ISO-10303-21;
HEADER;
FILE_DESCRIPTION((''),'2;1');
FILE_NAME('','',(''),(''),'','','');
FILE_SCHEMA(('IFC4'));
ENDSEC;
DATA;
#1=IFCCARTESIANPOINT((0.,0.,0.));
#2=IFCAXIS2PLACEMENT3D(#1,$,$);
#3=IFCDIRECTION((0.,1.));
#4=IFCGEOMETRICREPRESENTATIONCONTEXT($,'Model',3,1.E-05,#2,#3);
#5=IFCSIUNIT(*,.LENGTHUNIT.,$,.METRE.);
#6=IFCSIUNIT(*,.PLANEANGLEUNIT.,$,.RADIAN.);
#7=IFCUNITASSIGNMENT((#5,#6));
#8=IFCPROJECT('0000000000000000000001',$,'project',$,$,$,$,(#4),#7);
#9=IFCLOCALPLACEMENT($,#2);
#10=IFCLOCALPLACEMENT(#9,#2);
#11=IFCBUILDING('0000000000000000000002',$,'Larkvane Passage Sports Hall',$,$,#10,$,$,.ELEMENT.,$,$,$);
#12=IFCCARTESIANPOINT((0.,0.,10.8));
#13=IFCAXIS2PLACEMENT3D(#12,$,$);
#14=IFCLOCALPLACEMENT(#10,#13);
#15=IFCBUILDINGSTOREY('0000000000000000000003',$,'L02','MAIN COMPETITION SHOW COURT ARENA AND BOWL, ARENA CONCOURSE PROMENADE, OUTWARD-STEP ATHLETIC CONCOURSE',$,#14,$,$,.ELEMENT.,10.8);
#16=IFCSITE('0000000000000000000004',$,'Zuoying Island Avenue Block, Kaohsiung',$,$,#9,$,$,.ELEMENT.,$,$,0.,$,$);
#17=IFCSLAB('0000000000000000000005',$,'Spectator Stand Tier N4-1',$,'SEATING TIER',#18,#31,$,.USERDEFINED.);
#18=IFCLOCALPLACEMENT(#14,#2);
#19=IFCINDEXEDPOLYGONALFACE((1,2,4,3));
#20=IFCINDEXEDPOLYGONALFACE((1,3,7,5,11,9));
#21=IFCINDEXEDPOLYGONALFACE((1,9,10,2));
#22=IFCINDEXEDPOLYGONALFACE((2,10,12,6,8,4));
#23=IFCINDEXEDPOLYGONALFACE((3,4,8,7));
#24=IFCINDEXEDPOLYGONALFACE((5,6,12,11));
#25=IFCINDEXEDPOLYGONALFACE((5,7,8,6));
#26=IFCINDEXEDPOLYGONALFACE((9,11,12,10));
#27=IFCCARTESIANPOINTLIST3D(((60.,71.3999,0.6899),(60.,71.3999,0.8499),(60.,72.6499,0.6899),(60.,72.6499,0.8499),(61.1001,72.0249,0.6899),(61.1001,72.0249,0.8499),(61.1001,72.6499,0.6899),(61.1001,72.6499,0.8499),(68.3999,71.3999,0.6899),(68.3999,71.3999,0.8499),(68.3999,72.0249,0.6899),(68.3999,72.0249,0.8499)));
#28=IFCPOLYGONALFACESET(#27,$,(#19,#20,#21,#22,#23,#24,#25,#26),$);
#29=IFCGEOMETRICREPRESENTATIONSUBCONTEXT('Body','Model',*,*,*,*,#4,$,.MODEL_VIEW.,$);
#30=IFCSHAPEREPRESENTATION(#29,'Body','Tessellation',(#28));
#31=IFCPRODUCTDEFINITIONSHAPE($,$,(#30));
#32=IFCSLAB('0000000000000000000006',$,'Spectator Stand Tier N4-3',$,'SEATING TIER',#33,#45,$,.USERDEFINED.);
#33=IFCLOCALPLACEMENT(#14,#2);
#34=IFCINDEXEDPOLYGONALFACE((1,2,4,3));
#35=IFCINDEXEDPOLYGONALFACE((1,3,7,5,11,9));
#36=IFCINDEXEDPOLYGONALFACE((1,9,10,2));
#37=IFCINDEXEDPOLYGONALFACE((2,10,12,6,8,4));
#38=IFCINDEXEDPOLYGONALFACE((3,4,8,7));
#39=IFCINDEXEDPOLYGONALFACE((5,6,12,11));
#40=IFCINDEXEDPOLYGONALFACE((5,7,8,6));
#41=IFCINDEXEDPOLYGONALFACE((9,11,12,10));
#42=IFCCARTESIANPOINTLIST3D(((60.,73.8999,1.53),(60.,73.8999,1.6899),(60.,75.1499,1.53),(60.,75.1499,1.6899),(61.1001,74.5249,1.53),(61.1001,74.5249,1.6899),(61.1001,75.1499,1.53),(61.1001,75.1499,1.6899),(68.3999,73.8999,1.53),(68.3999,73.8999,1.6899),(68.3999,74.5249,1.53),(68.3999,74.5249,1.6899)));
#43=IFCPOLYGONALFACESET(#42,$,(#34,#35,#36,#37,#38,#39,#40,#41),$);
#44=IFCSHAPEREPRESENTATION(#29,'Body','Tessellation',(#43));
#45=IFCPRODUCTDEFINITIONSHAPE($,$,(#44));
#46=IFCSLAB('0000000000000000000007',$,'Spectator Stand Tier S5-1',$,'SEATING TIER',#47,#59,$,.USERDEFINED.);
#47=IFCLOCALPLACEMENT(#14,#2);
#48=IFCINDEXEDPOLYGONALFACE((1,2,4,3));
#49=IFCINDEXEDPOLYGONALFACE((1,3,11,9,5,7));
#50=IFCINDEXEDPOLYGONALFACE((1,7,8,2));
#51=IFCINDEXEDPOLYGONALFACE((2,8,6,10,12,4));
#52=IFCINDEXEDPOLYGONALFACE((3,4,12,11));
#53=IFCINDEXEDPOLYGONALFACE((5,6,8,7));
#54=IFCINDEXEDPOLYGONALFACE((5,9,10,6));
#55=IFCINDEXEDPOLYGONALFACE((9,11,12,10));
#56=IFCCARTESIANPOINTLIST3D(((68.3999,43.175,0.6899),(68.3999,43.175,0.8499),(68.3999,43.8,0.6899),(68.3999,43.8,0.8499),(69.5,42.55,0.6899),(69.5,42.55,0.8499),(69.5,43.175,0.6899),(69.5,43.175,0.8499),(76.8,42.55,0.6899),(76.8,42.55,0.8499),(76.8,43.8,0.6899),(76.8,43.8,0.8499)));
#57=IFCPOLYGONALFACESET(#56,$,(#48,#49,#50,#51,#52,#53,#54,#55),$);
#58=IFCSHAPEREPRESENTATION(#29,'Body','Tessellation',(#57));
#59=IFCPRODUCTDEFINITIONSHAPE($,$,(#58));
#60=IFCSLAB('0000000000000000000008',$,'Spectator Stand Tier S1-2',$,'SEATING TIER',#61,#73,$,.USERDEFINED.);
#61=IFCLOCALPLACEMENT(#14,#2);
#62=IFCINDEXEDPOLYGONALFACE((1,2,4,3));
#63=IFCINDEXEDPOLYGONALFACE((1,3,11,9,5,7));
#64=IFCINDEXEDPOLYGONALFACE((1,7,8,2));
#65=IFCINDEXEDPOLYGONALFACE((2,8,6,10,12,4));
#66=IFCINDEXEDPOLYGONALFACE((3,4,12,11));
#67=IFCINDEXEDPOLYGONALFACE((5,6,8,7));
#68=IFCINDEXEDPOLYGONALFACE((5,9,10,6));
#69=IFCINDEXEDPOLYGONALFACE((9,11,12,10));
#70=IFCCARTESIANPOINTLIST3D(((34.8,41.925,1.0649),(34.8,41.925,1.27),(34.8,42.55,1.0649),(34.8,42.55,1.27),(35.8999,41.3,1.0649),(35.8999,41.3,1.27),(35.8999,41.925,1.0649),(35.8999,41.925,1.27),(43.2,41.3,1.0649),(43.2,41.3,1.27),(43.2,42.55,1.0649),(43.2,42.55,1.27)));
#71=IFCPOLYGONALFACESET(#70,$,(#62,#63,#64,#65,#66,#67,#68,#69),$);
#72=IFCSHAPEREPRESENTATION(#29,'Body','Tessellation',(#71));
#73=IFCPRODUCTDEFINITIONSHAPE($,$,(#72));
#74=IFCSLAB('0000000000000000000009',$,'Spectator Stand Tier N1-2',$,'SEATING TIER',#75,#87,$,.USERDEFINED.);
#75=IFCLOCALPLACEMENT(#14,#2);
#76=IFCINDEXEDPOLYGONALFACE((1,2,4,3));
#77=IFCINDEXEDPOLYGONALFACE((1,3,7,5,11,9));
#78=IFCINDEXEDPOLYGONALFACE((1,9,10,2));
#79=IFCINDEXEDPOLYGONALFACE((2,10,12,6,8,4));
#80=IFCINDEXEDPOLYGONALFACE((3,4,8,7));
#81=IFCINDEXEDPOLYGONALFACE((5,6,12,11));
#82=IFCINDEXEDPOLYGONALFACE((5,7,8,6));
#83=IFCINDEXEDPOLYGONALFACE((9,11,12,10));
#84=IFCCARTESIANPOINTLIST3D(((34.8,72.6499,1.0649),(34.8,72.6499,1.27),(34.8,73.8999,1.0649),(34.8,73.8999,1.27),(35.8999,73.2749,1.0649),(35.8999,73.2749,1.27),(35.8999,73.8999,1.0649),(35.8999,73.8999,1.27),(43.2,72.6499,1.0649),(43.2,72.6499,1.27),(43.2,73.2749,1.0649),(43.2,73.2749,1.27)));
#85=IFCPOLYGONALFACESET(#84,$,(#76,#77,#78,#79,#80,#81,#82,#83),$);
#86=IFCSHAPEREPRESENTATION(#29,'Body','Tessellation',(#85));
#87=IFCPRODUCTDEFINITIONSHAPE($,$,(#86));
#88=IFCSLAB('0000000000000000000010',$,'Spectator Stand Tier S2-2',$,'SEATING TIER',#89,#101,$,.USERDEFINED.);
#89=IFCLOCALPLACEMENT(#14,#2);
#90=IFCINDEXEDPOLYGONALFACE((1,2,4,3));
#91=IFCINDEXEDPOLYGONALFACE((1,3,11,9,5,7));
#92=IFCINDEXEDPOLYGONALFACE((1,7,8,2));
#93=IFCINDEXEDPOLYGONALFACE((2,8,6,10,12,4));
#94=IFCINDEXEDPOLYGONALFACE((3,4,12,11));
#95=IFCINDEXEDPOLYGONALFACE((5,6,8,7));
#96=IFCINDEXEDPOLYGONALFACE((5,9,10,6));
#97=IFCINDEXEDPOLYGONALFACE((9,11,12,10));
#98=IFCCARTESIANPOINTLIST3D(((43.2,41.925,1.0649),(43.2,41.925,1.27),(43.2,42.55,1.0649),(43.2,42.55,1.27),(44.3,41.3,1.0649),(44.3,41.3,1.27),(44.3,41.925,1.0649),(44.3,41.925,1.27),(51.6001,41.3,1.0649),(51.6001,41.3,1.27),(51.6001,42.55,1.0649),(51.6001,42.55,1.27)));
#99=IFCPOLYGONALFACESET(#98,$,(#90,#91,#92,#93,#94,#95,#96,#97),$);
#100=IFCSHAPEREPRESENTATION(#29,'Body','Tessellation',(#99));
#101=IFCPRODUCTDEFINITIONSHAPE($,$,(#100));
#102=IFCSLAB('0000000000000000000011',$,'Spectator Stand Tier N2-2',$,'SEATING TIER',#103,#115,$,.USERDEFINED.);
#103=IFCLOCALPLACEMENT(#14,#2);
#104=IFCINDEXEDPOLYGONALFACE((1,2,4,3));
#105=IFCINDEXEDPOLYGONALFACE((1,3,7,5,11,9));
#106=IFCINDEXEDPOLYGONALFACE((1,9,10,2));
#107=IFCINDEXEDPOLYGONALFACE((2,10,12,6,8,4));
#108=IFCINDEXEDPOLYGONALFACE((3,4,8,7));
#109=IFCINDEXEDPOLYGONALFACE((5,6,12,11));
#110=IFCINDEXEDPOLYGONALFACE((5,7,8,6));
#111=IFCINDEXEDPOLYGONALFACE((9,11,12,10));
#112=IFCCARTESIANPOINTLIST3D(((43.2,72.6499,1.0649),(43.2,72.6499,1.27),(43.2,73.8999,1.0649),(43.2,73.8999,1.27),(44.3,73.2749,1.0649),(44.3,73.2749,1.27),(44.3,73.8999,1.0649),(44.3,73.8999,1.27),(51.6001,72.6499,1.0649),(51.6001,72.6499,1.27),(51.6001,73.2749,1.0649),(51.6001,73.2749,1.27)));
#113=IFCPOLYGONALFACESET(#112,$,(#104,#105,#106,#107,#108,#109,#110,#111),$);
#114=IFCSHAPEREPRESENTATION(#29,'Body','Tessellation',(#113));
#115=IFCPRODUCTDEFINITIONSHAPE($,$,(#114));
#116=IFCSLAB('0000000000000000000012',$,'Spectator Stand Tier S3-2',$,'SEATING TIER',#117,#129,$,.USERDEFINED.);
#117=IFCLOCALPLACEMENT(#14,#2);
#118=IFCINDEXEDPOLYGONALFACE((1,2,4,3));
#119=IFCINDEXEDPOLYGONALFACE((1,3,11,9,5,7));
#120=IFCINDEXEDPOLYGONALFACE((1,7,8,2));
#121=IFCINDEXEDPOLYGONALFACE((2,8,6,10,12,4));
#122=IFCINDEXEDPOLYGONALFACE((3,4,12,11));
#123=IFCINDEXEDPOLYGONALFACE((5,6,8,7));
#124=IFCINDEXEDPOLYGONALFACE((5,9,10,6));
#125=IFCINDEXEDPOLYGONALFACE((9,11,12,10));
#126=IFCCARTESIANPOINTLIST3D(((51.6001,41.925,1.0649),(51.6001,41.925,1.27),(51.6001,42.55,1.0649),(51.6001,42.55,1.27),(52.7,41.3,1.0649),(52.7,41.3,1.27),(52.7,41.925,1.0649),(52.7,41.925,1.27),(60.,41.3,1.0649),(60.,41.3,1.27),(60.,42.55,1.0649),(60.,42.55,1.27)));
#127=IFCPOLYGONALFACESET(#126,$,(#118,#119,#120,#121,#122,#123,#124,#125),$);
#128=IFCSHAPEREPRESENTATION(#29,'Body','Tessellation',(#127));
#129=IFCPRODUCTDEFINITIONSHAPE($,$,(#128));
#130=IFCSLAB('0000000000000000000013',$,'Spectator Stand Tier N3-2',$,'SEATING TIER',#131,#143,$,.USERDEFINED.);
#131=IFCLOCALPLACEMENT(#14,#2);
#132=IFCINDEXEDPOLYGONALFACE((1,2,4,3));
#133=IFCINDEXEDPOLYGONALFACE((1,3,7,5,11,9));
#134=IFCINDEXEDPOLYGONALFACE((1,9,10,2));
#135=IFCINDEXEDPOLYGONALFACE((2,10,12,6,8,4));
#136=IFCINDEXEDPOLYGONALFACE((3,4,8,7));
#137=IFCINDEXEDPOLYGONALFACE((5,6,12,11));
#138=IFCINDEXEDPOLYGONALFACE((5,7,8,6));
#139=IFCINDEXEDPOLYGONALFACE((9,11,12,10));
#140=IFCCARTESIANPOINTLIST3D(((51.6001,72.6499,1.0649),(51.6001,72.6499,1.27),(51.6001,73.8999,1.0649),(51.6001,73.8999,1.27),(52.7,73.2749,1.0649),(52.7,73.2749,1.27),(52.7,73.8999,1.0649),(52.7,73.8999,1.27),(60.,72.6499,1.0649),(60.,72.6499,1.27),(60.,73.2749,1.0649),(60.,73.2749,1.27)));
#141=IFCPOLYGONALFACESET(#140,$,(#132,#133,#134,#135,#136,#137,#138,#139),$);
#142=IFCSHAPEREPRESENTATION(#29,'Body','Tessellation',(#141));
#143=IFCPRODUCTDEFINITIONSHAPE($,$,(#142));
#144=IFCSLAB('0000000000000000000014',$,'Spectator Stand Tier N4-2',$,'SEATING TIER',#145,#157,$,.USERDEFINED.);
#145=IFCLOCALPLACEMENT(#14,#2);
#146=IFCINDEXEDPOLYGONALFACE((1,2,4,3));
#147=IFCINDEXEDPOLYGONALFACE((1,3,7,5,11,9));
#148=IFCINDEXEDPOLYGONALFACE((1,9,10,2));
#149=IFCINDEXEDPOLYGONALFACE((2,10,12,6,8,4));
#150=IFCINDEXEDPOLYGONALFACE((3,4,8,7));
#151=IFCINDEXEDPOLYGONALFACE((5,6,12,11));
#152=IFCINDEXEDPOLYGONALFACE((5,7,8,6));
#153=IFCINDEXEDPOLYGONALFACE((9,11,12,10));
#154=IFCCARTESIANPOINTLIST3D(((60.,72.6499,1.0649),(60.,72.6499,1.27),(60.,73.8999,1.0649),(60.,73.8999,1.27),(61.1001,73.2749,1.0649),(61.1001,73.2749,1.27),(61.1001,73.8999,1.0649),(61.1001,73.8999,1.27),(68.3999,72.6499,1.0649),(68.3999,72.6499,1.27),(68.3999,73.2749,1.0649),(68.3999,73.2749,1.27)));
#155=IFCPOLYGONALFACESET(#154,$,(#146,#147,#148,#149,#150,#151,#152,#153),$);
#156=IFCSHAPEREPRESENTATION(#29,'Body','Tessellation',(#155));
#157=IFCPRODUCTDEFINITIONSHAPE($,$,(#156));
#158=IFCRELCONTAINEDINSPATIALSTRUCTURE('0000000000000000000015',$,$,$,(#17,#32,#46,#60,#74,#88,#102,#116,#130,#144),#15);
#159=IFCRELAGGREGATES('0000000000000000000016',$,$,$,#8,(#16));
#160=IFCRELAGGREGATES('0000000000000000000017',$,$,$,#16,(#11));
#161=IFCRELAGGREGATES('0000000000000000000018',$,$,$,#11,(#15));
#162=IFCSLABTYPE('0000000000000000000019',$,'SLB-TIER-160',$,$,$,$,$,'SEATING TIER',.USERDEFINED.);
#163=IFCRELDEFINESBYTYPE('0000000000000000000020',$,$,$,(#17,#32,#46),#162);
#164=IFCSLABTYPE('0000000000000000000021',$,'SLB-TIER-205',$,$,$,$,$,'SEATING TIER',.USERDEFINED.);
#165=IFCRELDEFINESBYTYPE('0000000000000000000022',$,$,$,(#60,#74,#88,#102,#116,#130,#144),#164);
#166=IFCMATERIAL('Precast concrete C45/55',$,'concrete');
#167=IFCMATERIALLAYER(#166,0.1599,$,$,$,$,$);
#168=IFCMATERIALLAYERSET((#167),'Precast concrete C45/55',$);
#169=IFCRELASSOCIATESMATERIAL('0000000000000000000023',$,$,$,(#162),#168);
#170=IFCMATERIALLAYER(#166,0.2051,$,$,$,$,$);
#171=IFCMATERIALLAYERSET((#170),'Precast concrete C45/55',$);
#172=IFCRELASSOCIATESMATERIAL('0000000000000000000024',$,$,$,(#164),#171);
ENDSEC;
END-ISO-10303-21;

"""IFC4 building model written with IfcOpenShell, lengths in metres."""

from ifc_helpers import new_model, si_unit, direction, frame, origin, place, context, subcontext, project, spatial, polyline, outline, extrude, material, layer, layer_set, type_object, element, save


model = new_model("IFC4")

# Units and contexts
model_context = context("Model", 3, precision=1e-05, world=origin(), true_north=direction((0.0, 1.0)))
body_context = subcontext(model_context, "Body", "Model", "MODEL_VIEW")
ifc_project = project(units=[si_unit("LENGTHUNIT", "METRE"), si_unit("PLANEANGLEUNIT", "RADIAN")], contexts=[model_context])

# Site, building, storey
site_placement = place(None, origin())
site = spatial("IfcSite", under=ifc_project, at=site_placement, Name="Zuoying Island Avenue Block, Kaohsiung", CompositionType="ELEMENT", RefElevation=0.0)
building_placement = place(site_placement, origin())
building = spatial("IfcBuilding", under=site, at=building_placement, Name="Larkvane Passage Sports Hall", CompositionType="ELEMENT")
storey_placement = place(building_placement, frame((0.0, 0.0, 10.8)))
storey = spatial("IfcBuildingStorey", under=building, at=storey_placement, Name="L02", Description="MAIN COMPETITION SHOW COURT ARENA AND BOWL, ARENA CONCOURSE PROMENADE, OUTWARD-STEP ATHLETIC CONCOURSE", CompositionType="ELEMENT", Elevation=10.8)

# Slabs
ifc_material_1 = material(Name="Precast concrete C45/55", Category="concrete")
ifc_layer_1 = layer(ifc_material_1, 0.1599)
ifc_layer_set_1 = layer_set([ifc_layer_1], Name="Precast concrete C45/55")
slab_type_1 = type_object("IfcSlabType", Name="SLB-TIER-160", ElementType="SEATING TIER", PredefinedType="USERDEFINED", material=ifc_layer_set_1)
slab_1_placement = place(storey_placement, frame((0.0, 0.0, 0.6899)))
element("IfcSlab", 1, at=slab_1_placement, inside=storey, type_object=slab_type_1, Name="Spectator Stand Tier N4-1", ObjectType="SEATING TIER", PredefinedType="USERDEFINED", context=body_context, shape_type="SweptSolid", body=[
    extrude(outline(polyline([(60.0, 71.3999), (68.3999, 71.3999), (68.3999, 72.0249), (61.1001, 72.0249), (61.1001, 72.6499), (60.0, 72.6499), (60.0, 71.3999)])), origin(), (0.0, 0.0, 1.0), 0.1599),
])
slab_2_placement = place(storey_placement, frame((0.0, 0.0, 1.53)))
element("IfcSlab", 2, at=slab_2_placement, inside=storey, type_object=slab_type_1, Name="Spectator Stand Tier N4-3", ObjectType="SEATING TIER", PredefinedType="USERDEFINED", context=body_context, shape_type="SweptSolid", body=[
    extrude(outline(polyline([(60.0, 73.8999), (68.3999, 73.8999), (68.3999, 74.5249), (61.1001, 74.5249), (61.1001, 75.1499), (60.0, 75.1499), (60.0, 73.8999)])), origin(), (0.0, 0.0, 1.0), 0.1599),
])
slab_3_placement = place(storey_placement, frame((0.0, 0.0, 0.6899)))
element("IfcSlab", 3, at=slab_3_placement, inside=storey, type_object=slab_type_1, Name="Spectator Stand Tier S5-1", ObjectType="SEATING TIER", PredefinedType="USERDEFINED", context=body_context, shape_type="SweptSolid", body=[
    extrude(outline(polyline([(69.5, 42.55), (76.8, 42.55), (76.8, 43.8), (68.3999, 43.8), (68.3999, 43.175), (69.5, 43.175), (69.5, 42.55)])), origin(), (0.0, 0.0, 1.0), 0.1599),
])
ifc_layer_2 = layer(ifc_material_1, 0.2051)
ifc_layer_set_2 = layer_set([ifc_layer_2], Name="Precast concrete C45/55")
slab_type_2 = type_object("IfcSlabType", Name="SLB-TIER-205", ElementType="SEATING TIER", PredefinedType="USERDEFINED", material=ifc_layer_set_2)
slab_4_placement = place(storey_placement, frame((0.0, 0.0, 1.0649)))
element("IfcSlab", 4, at=slab_4_placement, inside=storey, type_object=slab_type_2, Name="Spectator Stand Tier S1-2", ObjectType="SEATING TIER", PredefinedType="USERDEFINED", context=body_context, shape_type="SweptSolid", body=[
    extrude(outline(polyline([(35.8999, 41.3), (43.2, 41.3), (43.2, 42.55), (34.8, 42.55), (34.8, 41.925), (35.8999, 41.925), (35.8999, 41.3)])), origin(), (0.0, 0.0, 1.0), 0.2051),
])
slab_5_placement = place(storey_placement, frame((0.0, 0.0, 1.0649)))
element("IfcSlab", 5, at=slab_5_placement, inside=storey, type_object=slab_type_2, Name="Spectator Stand Tier N1-2", ObjectType="SEATING TIER", PredefinedType="USERDEFINED", context=body_context, shape_type="SweptSolid", body=[
    extrude(outline(polyline([(34.8, 72.6499), (43.2, 72.6499), (43.2, 73.2749), (35.8999, 73.2749), (35.8999, 73.8999), (34.8, 73.8999), (34.8, 72.6499)])), origin(), (0.0, 0.0, 1.0), 0.2051),
])
slab_6_placement = place(storey_placement, frame((0.0, 0.0, 1.0649)))
element("IfcSlab", 6, at=slab_6_placement, inside=storey, type_object=slab_type_2, Name="Spectator Stand Tier S2-2", ObjectType="SEATING TIER", PredefinedType="USERDEFINED", context=body_context, shape_type="SweptSolid", body=[
    extrude(outline(polyline([(44.3, 41.3), (51.6001, 41.3), (51.6001, 42.55), (43.2, 42.55), (43.2, 41.925), (44.3, 41.925), (44.3, 41.3)])), origin(), (0.0, 0.0, 1.0), 0.2051),
])
slab_7_placement = place(storey_placement, frame((0.0, 0.0, 1.0649)))
element("IfcSlab", 7, at=slab_7_placement, inside=storey, type_object=slab_type_2, Name="Spectator Stand Tier N2-2", ObjectType="SEATING TIER", PredefinedType="USERDEFINED", context=body_context, shape_type="SweptSolid", body=[
    extrude(outline(polyline([(43.2, 72.6499), (51.6001, 72.6499), (51.6001, 73.2749), (44.3, 73.2749), (44.3, 73.8999), (43.2, 73.8999), (43.2, 72.6499)])), origin(), (0.0, 0.0, 1.0), 0.2051),
])
slab_8_placement = place(storey_placement, frame((0.0, 0.0, 1.0649)))
element("IfcSlab", 8, at=slab_8_placement, inside=storey, type_object=slab_type_2, Name="Spectator Stand Tier S3-2", ObjectType="SEATING TIER", PredefinedType="USERDEFINED", context=body_context, shape_type="SweptSolid", body=[
    extrude(outline(polyline([(52.7, 41.3), (60.0, 41.3), (60.0, 42.55), (51.6001, 42.55), (51.6001, 41.925), (52.7, 41.925), (52.7, 41.3)])), origin(), (0.0, 0.0, 1.0), 0.2051),
])
slab_9_placement = place(storey_placement, frame((0.0, 0.0, 1.0649)))
element("IfcSlab", 9, at=slab_9_placement, inside=storey, type_object=slab_type_2, Name="Spectator Stand Tier N3-2", ObjectType="SEATING TIER", PredefinedType="USERDEFINED", context=body_context, shape_type="SweptSolid", body=[
    extrude(outline(polyline([(51.6001, 72.6499), (60.0, 72.6499), (60.0, 73.2749), (52.7, 73.2749), (52.7, 73.8999), (51.6001, 73.8999), (51.6001, 72.6499)])), origin(), (0.0, 0.0, 1.0), 0.2051),
])
slab_10_placement = place(storey_placement, frame((0.0, 0.0, 1.0649)))
element("IfcSlab", 10, at=slab_10_placement, inside=storey, type_object=slab_type_2, Name="Spectator Stand Tier N4-2", ObjectType="SEATING TIER", PredefinedType="USERDEFINED", context=body_context, shape_type="SweptSolid", body=[
    extrude(outline(polyline([(60.0, 72.6499), (68.3999, 72.6499), (68.3999, 73.2749), (61.1001, 73.2749), (61.1001, 73.8999), (60.0, 73.8999), (60.0, 72.6499)])), origin(), (0.0, 0.0, 1.0), 0.2051),
])

save(model, "model.ifc")
